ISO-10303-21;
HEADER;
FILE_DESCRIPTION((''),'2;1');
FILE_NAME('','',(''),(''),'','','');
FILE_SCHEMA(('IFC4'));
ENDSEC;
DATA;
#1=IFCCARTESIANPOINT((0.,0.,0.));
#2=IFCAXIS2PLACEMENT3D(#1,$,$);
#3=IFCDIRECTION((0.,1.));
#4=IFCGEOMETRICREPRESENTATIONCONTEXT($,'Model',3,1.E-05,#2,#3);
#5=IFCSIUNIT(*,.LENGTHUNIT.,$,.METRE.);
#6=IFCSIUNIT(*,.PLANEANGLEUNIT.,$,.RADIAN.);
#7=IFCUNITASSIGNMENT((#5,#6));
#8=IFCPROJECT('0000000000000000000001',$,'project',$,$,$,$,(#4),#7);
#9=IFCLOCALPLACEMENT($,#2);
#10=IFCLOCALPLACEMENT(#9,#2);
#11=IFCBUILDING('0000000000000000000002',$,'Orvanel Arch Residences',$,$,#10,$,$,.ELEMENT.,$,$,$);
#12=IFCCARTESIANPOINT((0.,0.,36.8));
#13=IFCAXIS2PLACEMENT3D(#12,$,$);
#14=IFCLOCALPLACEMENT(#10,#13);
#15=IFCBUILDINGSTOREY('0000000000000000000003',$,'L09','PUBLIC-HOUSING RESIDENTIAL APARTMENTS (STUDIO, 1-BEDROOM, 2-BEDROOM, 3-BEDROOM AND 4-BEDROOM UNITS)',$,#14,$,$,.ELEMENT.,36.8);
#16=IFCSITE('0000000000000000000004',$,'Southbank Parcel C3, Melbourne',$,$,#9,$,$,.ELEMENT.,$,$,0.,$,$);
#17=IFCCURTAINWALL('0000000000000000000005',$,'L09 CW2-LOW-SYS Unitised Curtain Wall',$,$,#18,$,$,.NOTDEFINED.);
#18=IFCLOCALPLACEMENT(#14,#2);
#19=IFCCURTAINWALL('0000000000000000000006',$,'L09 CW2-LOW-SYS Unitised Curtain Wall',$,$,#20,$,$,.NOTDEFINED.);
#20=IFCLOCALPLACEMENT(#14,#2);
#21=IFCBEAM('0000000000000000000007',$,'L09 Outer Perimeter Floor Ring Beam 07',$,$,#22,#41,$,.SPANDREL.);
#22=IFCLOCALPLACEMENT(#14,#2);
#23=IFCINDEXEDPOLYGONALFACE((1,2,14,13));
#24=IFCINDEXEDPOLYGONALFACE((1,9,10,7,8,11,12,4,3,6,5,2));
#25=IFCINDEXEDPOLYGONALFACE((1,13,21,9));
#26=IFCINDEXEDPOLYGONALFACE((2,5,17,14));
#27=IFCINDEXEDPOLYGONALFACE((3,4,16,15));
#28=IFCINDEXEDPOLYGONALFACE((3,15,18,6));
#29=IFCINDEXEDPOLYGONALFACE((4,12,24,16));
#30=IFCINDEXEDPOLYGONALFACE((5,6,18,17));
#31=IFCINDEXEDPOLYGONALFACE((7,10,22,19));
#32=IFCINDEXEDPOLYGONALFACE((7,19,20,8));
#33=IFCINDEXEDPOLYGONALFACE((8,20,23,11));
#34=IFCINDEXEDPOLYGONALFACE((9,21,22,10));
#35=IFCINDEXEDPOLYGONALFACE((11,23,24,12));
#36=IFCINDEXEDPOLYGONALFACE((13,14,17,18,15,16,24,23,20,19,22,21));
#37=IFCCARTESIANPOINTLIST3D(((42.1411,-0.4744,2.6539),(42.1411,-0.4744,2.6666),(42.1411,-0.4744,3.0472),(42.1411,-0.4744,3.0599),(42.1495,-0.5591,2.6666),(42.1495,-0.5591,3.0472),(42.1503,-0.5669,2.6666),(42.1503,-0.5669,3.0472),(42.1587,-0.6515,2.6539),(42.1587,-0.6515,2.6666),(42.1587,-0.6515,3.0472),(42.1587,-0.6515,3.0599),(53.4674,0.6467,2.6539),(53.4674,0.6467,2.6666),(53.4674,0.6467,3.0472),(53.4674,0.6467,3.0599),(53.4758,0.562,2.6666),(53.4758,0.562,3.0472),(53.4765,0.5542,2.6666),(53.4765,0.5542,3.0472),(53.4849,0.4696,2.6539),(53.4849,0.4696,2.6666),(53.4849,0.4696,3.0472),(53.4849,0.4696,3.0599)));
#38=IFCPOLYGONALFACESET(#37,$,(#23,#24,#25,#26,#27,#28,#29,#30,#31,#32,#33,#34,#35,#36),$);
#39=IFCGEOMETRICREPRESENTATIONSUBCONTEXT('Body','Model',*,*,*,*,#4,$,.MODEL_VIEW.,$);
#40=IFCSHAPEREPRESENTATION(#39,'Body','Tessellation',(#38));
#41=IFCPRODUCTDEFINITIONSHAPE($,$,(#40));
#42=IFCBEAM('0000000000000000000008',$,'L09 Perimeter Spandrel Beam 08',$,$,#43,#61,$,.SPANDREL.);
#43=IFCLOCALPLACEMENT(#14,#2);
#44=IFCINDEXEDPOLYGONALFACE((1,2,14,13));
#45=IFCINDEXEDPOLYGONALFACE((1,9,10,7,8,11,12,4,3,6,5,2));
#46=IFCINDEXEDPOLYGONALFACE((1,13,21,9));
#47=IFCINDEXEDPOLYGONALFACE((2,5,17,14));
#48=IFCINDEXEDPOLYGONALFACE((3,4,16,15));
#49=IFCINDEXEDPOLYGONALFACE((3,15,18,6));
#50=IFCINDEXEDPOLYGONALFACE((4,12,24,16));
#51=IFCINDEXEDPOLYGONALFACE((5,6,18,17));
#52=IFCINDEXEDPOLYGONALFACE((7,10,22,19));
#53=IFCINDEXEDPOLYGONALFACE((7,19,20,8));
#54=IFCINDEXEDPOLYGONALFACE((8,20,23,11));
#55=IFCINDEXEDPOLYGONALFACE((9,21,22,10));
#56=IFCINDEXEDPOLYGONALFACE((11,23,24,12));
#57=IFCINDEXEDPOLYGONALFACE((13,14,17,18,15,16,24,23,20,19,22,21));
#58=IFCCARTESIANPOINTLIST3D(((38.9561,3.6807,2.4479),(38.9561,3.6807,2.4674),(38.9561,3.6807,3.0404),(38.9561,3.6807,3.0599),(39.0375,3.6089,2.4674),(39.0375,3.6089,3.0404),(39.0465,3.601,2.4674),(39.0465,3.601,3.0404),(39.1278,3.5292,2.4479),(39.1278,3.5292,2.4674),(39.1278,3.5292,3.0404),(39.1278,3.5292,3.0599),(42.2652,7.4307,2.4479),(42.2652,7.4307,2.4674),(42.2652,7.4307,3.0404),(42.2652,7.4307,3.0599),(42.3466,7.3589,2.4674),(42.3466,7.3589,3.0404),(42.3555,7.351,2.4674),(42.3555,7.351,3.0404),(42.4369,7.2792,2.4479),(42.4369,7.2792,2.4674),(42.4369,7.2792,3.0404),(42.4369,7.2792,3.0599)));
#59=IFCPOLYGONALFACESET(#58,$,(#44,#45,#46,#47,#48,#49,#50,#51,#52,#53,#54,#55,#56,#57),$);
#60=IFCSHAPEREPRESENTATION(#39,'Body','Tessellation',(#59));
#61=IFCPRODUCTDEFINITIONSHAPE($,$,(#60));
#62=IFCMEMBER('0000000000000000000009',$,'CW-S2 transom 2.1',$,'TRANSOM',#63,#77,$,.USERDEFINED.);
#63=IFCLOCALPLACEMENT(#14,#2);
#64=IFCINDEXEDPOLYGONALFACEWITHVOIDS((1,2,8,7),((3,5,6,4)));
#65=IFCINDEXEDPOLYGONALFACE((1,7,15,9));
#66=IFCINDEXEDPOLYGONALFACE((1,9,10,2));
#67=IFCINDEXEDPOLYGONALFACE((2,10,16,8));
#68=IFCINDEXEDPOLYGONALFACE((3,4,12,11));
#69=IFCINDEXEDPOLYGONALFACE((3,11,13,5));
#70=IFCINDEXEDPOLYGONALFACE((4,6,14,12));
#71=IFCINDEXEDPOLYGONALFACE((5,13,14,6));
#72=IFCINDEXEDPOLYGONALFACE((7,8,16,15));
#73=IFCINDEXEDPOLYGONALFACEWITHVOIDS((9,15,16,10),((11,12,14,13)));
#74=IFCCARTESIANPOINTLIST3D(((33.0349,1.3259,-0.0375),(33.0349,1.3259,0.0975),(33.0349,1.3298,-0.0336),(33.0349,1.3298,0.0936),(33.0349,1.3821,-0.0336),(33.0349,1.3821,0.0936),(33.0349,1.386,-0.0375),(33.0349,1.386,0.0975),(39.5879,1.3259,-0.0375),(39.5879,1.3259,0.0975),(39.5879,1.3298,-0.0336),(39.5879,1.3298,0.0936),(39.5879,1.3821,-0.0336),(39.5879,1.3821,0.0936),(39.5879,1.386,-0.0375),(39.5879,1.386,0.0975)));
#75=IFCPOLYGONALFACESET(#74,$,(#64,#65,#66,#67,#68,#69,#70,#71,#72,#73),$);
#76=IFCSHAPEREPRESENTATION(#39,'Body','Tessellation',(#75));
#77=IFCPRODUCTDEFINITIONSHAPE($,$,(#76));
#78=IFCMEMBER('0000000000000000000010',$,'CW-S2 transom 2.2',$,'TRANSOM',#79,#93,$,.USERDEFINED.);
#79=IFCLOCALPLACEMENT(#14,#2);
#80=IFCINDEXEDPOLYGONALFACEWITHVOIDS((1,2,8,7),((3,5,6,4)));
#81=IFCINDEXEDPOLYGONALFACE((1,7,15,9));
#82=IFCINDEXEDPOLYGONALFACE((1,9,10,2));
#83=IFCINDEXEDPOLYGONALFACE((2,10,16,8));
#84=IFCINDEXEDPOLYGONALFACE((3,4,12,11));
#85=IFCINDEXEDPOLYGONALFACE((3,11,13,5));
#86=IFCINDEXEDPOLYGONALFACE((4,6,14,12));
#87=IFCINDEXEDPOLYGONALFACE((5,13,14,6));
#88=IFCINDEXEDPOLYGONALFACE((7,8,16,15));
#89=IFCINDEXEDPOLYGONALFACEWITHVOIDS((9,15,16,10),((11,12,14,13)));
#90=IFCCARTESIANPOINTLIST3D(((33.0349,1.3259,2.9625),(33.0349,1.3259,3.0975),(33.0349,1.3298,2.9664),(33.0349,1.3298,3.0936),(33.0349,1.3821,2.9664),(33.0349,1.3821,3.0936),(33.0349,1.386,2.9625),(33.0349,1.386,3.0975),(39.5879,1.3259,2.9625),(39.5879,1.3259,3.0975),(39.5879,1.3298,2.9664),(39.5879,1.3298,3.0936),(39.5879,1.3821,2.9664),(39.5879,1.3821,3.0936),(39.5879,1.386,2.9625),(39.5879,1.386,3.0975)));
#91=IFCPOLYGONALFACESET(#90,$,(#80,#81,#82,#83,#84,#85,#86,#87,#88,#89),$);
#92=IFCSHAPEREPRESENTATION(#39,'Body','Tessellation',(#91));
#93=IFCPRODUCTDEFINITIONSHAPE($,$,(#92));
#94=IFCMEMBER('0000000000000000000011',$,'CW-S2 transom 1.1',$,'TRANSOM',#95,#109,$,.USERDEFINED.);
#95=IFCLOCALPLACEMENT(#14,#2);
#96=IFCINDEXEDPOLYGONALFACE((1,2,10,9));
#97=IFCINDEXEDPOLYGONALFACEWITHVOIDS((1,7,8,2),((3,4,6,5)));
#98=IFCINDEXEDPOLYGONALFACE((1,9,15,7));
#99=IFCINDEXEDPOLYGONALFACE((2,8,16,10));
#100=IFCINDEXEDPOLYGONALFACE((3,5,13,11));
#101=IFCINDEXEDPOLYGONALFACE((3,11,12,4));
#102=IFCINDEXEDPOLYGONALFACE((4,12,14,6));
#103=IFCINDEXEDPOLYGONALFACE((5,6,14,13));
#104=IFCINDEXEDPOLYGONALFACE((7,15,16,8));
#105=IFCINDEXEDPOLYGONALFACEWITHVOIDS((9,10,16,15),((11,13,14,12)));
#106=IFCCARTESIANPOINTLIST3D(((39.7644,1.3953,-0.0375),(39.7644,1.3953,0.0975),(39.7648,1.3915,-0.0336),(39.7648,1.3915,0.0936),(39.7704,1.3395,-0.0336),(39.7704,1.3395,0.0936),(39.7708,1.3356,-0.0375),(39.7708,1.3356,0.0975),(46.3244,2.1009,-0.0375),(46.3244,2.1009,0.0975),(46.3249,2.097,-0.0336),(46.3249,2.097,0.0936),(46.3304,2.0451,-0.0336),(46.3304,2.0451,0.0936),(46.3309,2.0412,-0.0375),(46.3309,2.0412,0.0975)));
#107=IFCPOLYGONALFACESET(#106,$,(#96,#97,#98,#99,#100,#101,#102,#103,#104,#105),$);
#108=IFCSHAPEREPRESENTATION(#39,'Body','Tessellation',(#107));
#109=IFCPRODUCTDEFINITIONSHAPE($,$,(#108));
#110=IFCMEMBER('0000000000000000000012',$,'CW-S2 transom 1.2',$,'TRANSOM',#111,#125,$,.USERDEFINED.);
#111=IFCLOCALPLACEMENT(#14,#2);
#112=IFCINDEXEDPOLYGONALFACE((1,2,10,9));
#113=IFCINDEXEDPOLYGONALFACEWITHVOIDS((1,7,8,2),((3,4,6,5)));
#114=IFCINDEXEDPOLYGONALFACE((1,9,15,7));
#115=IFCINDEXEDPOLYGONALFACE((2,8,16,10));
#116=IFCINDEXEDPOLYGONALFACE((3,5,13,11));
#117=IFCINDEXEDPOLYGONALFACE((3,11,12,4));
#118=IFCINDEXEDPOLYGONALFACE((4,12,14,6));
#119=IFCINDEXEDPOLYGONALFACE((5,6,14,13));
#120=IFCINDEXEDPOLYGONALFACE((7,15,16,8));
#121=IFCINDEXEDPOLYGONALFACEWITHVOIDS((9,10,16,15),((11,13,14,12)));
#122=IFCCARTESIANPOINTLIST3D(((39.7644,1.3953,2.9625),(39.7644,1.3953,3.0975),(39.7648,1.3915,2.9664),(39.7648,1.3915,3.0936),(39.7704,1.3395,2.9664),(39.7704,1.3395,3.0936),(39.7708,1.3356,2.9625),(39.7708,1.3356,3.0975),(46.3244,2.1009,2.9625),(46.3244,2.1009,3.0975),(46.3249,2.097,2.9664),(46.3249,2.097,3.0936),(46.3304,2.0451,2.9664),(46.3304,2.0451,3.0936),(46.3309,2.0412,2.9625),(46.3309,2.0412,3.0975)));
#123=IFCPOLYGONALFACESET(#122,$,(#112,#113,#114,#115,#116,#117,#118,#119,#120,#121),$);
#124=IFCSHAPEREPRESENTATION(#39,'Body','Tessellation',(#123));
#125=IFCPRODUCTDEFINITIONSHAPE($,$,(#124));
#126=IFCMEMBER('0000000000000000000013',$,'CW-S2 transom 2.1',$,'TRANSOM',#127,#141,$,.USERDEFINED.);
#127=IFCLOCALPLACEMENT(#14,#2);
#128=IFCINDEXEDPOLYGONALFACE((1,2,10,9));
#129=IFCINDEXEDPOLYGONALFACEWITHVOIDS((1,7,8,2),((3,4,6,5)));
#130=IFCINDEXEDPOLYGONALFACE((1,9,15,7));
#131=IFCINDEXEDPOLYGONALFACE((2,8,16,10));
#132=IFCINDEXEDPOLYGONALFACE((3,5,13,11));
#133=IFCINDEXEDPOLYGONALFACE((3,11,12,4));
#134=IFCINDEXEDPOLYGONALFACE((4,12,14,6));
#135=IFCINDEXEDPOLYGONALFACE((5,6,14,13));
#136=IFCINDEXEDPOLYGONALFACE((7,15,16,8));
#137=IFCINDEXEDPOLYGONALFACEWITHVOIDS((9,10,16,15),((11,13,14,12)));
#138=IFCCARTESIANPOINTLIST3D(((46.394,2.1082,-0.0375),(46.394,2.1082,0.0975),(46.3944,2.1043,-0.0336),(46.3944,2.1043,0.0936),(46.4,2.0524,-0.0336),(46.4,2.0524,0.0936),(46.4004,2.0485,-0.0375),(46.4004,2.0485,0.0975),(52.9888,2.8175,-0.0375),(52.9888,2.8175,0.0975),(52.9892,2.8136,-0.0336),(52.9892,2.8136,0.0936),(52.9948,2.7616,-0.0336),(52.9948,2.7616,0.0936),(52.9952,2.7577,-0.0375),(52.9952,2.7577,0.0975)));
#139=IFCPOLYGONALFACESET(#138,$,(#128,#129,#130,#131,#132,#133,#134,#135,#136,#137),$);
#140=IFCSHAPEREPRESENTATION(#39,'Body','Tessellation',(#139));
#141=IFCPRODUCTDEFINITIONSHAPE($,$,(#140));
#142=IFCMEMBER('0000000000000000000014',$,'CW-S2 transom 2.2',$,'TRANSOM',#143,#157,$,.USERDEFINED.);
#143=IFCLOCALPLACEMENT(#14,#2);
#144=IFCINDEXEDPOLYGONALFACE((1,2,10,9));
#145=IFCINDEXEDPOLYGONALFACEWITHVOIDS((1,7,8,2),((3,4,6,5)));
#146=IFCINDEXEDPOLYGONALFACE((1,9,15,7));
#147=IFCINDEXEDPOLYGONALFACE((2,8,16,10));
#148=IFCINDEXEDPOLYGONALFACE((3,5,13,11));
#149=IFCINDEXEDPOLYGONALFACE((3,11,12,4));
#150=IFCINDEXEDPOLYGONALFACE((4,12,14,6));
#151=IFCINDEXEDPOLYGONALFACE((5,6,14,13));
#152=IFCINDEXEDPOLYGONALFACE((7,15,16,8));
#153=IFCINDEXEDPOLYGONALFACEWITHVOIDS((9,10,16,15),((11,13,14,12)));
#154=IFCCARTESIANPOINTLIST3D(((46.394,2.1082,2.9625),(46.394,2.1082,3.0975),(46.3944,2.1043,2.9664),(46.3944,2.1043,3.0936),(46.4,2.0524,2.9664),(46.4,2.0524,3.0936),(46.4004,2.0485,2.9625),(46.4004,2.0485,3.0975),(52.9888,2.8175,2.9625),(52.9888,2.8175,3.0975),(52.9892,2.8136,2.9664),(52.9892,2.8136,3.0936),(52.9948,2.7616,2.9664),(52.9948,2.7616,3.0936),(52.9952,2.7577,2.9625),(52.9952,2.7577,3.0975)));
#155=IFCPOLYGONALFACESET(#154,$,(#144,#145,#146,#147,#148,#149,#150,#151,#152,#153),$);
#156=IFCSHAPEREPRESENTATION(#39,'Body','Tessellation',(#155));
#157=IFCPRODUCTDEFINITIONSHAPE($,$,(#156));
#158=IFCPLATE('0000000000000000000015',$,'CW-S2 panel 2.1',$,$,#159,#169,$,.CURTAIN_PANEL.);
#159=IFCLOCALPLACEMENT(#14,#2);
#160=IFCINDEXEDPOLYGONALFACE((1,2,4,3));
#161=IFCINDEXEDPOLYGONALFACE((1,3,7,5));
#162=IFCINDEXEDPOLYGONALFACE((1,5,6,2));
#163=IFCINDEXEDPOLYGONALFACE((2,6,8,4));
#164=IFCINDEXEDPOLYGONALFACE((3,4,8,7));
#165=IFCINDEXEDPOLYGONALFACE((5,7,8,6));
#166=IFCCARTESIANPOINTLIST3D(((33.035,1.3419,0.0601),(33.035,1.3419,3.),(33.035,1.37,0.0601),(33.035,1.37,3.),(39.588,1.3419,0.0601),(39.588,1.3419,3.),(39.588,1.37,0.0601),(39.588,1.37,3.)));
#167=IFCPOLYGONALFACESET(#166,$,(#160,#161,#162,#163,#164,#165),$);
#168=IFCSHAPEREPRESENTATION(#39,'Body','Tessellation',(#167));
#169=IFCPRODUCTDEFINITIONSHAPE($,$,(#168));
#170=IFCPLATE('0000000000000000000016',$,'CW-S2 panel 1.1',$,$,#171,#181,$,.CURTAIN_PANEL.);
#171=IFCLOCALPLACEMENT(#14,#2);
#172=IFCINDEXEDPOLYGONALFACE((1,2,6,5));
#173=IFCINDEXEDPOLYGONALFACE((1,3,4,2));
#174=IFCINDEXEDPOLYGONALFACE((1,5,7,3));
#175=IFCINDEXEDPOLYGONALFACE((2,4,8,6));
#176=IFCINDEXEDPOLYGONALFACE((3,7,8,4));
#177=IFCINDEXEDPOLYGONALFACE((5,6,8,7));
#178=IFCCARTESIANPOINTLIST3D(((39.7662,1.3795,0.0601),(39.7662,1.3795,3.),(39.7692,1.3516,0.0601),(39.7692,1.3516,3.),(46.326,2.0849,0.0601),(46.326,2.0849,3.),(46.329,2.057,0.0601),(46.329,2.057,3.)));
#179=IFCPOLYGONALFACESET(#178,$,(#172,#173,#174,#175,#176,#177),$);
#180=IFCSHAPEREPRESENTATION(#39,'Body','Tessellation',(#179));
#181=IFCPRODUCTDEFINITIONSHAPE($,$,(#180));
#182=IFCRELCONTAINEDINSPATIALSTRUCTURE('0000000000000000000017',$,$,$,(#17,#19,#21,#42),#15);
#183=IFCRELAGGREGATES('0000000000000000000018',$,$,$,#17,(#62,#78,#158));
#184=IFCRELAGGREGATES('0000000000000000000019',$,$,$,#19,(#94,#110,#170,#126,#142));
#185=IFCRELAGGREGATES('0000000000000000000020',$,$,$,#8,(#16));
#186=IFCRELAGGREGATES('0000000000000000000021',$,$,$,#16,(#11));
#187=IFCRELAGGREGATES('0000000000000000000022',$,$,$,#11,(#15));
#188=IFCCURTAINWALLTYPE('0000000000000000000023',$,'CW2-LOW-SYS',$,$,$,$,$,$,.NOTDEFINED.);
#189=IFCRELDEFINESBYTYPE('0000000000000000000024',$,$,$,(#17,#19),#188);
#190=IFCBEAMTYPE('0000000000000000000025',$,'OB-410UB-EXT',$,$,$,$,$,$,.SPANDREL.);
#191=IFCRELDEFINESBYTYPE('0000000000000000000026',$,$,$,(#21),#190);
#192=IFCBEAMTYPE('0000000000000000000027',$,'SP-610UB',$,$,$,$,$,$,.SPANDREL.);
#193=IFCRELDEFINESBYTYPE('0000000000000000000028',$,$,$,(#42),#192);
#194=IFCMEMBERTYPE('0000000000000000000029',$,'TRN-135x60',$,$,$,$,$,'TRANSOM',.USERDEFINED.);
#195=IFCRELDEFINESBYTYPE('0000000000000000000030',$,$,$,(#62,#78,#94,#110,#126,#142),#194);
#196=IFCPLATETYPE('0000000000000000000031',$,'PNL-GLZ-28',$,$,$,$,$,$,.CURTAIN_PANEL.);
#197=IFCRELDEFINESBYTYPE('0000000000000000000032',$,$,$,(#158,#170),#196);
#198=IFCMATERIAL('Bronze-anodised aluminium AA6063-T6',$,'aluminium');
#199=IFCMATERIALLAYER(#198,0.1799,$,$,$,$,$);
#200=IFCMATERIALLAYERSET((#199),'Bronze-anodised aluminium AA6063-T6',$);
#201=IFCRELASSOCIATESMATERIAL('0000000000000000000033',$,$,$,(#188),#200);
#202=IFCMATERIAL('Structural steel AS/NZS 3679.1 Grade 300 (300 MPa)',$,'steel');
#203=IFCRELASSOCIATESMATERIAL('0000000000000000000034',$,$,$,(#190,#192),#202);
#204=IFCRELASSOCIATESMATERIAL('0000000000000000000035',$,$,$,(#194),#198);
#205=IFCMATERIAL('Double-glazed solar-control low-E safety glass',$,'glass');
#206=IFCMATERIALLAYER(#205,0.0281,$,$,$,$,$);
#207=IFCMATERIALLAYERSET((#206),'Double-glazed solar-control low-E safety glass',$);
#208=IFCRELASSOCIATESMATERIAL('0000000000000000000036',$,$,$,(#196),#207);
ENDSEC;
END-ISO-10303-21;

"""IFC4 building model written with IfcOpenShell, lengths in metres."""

from ifc_helpers import new_model, si_unit, direction, frame, origin, origin_2d, place, context, subcontext, project, spatial, rectangle, hollow_rectangle, i_section, extrude, material, layer, layer_set, material_profile, profile_set, type_object, element, aggregate, save


model = new_model("IFC4")

# Units and contexts
model_context = context("Model", 3, precision=1e-05, world=origin(), true_north=direction((0.0, 1.0)))
body_context = subcontext(model_context, "Body", "Model", "MODEL_VIEW")
ifc_project = project(units=[si_unit("LENGTHUNIT", "METRE"), si_unit("PLANEANGLEUNIT", "RADIAN")], contexts=[model_context])

# Site, building, storey
site_placement = place(None, origin())
site = spatial("IfcSite", under=ifc_project, at=site_placement, Name="Southbank Parcel C3, Melbourne", CompositionType="ELEMENT", RefElevation=0.0)
building_placement = place(site_placement, origin())
building = spatial("IfcBuilding", under=site, at=building_placement, Name="Orvanel Arch Residences", CompositionType="ELEMENT")
storey_placement = place(building_placement, frame((0.0, 0.0, 36.8)))
storey = spatial("IfcBuildingStorey", under=building, at=storey_placement, Name="L09", Description="PUBLIC-HOUSING RESIDENTIAL APARTMENTS (STUDIO, 1-BEDROOM, 2-BEDROOM, 3-BEDROOM AND 4-BEDROOM UNITS)", CompositionType="ELEMENT", Elevation=36.8)

# Curtain walls
ifc_material_1 = material(Name="Bronze-anodised aluminium AA6063-T6", Category="aluminium")
ifc_layer_1 = layer(ifc_material_1, 0.1799)
ifc_layer_set_1 = layer_set([ifc_layer_1], Name="Bronze-anodised aluminium AA6063-T6")
curtain_wall_type = type_object("IfcCurtainWallType", Name="CW2-LOW-SYS", PredefinedType="NOTDEFINED", material=ifc_layer_set_1)
curtain_wall_1_placement = place(storey_placement, origin())
curtain_wall_1 = element("IfcCurtainWall", 1, at=curtain_wall_1_placement, inside=storey, type_object=curtain_wall_type, Name="L09 CW2-LOW-SYS Unitised Curtain Wall", PredefinedType="NOTDEFINED")
curtain_wall_2_placement = place(storey_placement, origin())
curtain_wall_2 = element("IfcCurtainWall", 2, at=curtain_wall_2_placement, inside=storey, type_object=curtain_wall_type, Name="L09 CW2-LOW-SYS Unitised Curtain Wall", PredefinedType="NOTDEFINED")

# Beams
ifc_material_2 = material(Name="Structural steel AS/NZS 3679.1 Grade 300 (300 MPa)", Category="steel")
ifc_material_profile_1 = material_profile(ifc_material_2, i_section(OverallWidth=0.178, OverallDepth=0.406, WebThickness=0.0078, FlangeThickness=0.0127, at=origin_2d()), Name="410UB59.7")
ifc_profile_set_1 = profile_set([ifc_material_profile_1], Name="Structural steel AS/NZS 3679.1 Grade 300 (300 MPa)")
beam_type_1 = type_object("IfcBeamType", Name="OB-410UB-EXT", PredefinedType="SPANDREL", material=ifc_profile_set_1)
beam_1_placement = place(storey_placement, frame((42.1499, -0.563, 2.8569), z_axis=(0.995137, 0.098501, 0.0), x_axis=(-0.098501, 0.995137, 0.0)))
element("IfcBeam", 3, at=beam_1_placement, inside=storey, type_object=beam_type_1, Name="L09 Outer Perimeter Floor Ring Beam 07", PredefinedType="SPANDREL", context=body_context, shape_type="SweptSolid", body=[
    extrude(i_section(OverallWidth=0.178, OverallDepth=0.406, WebThickness=0.0078, FlangeThickness=0.0127, at=origin_2d()), origin(), (0.0, 0.0, 1.0), 11.3816),
])
ifc_material_profile_2 = material_profile(ifc_material_2, i_section(OverallWidth=0.229, OverallDepth=0.6121, WebThickness=0.012, FlangeThickness=0.0195, at=origin_2d()), Name="610UB125")
ifc_profile_set_2 = profile_set([ifc_material_profile_2], Name="Structural steel AS/NZS 3679.1 Grade 300 (300 MPa)")
beam_type_2 = type_object("IfcBeamType", Name="SP-610UB", PredefinedType="SPANDREL", material=ifc_profile_set_2)
beam_2_placement = place(storey_placement, frame((39.042, 3.605, 2.7539), z_axis=(0.661651, 0.749812, 0.0), x_axis=(-0.749812, 0.661651, 0.0)))
element("IfcBeam", 4, at=beam_2_placement, inside=storey, type_object=beam_type_2, Name="L09 Perimeter Spandrel Beam 08", PredefinedType="SPANDREL", context=body_context, shape_type="SweptSolid", body=[
    extrude(i_section(OverallWidth=0.229, OverallDepth=0.6121, WebThickness=0.012, FlangeThickness=0.0195, at=origin_2d()), origin(), (0.0, 0.0, 1.0), 5.0012),
])

# Members
ifc_material_profile_3 = material_profile(ifc_material_1, hollow_rectangle(XDim=0.0601, YDim=0.135, WallThickness=0.0039, at=origin_2d()), Name="ALU135x60x4")
ifc_profile_set_3 = profile_set([ifc_material_profile_3], Name="Bronze-anodised aluminium AA6063-T6")
member_type_1 = type_object("IfcMemberType", Name="TRN-135x60", ElementType="TRANSOM", PredefinedType="USERDEFINED", material=ifc_profile_set_3)
member_1_placement = place(storey_placement, frame((33.0349, 1.356, 0.03), z_axis=(1.0, 0.0, 0.0), x_axis=(0.0, 1.0, 0.0)))
member_1 = element("IfcMember", 5, at=member_1_placement, type_object=member_type_1, Name="CW-S2 transom 2.1", ObjectType="TRANSOM", PredefinedType="USERDEFINED", context=body_context, shape_type="SweptSolid", body=[
    extrude(hollow_rectangle(XDim=0.0601, YDim=0.135, WallThickness=0.0039, at=origin_2d()), origin(), (0.0, 0.0, 1.0), 6.553),
])
member_2_placement = place(storey_placement, frame((33.0349, 1.356, 3.03), z_axis=(1.0, 0.0, 0.0), x_axis=(0.0, 1.0, 0.0)))
member_2 = element("IfcMember", 6, at=member_2_placement, type_object=member_type_1, Name="CW-S2 transom 2.2", ObjectType="TRANSOM", PredefinedType="USERDEFINED", context=body_context, shape_type="SweptSolid", body=[
    extrude(hollow_rectangle(XDim=0.0601, YDim=0.135, WallThickness=0.0039, at=origin_2d()), origin(), (0.0, 0.0, 1.0), 6.553),
])
member_3_placement = place(storey_placement, frame((39.7676, 1.3655, 0.03), z_axis=(0.994266, 0.106938, 0.0), x_axis=(-0.106938, 0.994266, 0.0)))
member_3 = element("IfcMember", 7, at=member_3_placement, type_object=member_type_1, Name="CW-S2 transom 1.1", ObjectType="TRANSOM", PredefinedType="USERDEFINED", context=body_context, shape_type="SweptSolid", body=[
    extrude(hollow_rectangle(XDim=0.0601, YDim=0.135, WallThickness=0.0039, at=origin_2d()), origin(), (0.0, 0.0, 1.0), 6.5979),
])
member_4_placement = place(storey_placement, frame((39.7676, 1.3655, 3.03), z_axis=(0.994266, 0.106938, 0.0), x_axis=(-0.106938, 0.994266, 0.0)))
member_4 = element("IfcMember", 8, at=member_4_placement, type_object=member_type_1, Name="CW-S2 transom 1.2", ObjectType="TRANSOM", PredefinedType="USERDEFINED", context=body_context, shape_type="SweptSolid", body=[
    extrude(hollow_rectangle(XDim=0.0601, YDim=0.135, WallThickness=0.0039, at=origin_2d()), origin(), (0.0, 0.0, 1.0), 6.5979),
])
member_5_placement = place(storey_placement, frame((46.3972, 2.0784, 0.03), z_axis=(0.994267, 0.106928, 0.0), x_axis=(-0.106928, 0.994267, 0.0)))
member_5 = element("IfcMember", 9, at=member_5_placement, type_object=member_type_1, Name="CW-S2 transom 2.1", ObjectType="TRANSOM", PredefinedType="USERDEFINED", context=body_context, shape_type="SweptSolid", body=[
    extrude(hollow_rectangle(XDim=0.0601, YDim=0.135, WallThickness=0.0039, at=origin_2d()), origin(), (0.0, 0.0, 1.0), 6.6328),
])
member_6_placement = place(storey_placement, frame((46.3972, 2.0784, 3.03), z_axis=(0.994267, 0.106928, 0.0), x_axis=(-0.106928, 0.994267, 0.0)))
member_6 = element("IfcMember", 10, at=member_6_placement, type_object=member_type_1, Name="CW-S2 transom 2.2", ObjectType="TRANSOM", PredefinedType="USERDEFINED", context=body_context, shape_type="SweptSolid", body=[
    extrude(hollow_rectangle(XDim=0.0601, YDim=0.135, WallThickness=0.0039, at=origin_2d()), origin(), (0.0, 0.0, 1.0), 6.6328),
])

# Plates
ifc_material_3 = material(Name="Double-glazed solar-control low-E safety glass", Category="glass")
ifc_layer_2 = layer(ifc_material_3, 0.0281)
ifc_layer_set_2 = layer_set([ifc_layer_2], Name="Double-glazed solar-control low-E safety glass")
plate_type = type_object("IfcPlateType", Name="PNL-GLZ-28", PredefinedType="CURTAIN_PANEL", material=ifc_layer_set_2)
plate_1_placement = place(storey_placement, frame((36.3115, 1.356, 0.0601), z_axis=(0.0, 0.0, 1.0), x_axis=(1.0, 0.0, 0.0)))
plate_1 = element("IfcPlate", 11, at=plate_1_placement, type_object=plate_type, Name="CW-S2 panel 2.1", PredefinedType="CURTAIN_PANEL", context=body_context, shape_type="SweptSolid", body=[
    extrude(rectangle(XDim=6.553, YDim=0.0281, at=origin_2d()), origin(), (0.0, 0.0, 1.0), 2.9399),
])
aggregate(curtain_wall_1, [member_1, member_2, plate_1])
plate_2_placement = place(storey_placement, frame((43.0476, 1.7183, 0.0601), z_axis=(0.0, 0.0, 1.0), x_axis=(0.994267, 0.106921, 0.0)))
plate_2 = element("IfcPlate", 12, at=plate_2_placement, type_object=plate_type, Name="CW-S2 panel 1.1", PredefinedType="CURTAIN_PANEL", context=body_context, shape_type="SweptSolid", body=[
    extrude(rectangle(XDim=6.5977, YDim=0.0281, at=origin_2d()), origin(), (0.0, 0.0, 1.0), 2.9399),
])
aggregate(curtain_wall_2, [member_3, member_4, plate_2, member_5, member_6])

save(model, "model.ifc")
